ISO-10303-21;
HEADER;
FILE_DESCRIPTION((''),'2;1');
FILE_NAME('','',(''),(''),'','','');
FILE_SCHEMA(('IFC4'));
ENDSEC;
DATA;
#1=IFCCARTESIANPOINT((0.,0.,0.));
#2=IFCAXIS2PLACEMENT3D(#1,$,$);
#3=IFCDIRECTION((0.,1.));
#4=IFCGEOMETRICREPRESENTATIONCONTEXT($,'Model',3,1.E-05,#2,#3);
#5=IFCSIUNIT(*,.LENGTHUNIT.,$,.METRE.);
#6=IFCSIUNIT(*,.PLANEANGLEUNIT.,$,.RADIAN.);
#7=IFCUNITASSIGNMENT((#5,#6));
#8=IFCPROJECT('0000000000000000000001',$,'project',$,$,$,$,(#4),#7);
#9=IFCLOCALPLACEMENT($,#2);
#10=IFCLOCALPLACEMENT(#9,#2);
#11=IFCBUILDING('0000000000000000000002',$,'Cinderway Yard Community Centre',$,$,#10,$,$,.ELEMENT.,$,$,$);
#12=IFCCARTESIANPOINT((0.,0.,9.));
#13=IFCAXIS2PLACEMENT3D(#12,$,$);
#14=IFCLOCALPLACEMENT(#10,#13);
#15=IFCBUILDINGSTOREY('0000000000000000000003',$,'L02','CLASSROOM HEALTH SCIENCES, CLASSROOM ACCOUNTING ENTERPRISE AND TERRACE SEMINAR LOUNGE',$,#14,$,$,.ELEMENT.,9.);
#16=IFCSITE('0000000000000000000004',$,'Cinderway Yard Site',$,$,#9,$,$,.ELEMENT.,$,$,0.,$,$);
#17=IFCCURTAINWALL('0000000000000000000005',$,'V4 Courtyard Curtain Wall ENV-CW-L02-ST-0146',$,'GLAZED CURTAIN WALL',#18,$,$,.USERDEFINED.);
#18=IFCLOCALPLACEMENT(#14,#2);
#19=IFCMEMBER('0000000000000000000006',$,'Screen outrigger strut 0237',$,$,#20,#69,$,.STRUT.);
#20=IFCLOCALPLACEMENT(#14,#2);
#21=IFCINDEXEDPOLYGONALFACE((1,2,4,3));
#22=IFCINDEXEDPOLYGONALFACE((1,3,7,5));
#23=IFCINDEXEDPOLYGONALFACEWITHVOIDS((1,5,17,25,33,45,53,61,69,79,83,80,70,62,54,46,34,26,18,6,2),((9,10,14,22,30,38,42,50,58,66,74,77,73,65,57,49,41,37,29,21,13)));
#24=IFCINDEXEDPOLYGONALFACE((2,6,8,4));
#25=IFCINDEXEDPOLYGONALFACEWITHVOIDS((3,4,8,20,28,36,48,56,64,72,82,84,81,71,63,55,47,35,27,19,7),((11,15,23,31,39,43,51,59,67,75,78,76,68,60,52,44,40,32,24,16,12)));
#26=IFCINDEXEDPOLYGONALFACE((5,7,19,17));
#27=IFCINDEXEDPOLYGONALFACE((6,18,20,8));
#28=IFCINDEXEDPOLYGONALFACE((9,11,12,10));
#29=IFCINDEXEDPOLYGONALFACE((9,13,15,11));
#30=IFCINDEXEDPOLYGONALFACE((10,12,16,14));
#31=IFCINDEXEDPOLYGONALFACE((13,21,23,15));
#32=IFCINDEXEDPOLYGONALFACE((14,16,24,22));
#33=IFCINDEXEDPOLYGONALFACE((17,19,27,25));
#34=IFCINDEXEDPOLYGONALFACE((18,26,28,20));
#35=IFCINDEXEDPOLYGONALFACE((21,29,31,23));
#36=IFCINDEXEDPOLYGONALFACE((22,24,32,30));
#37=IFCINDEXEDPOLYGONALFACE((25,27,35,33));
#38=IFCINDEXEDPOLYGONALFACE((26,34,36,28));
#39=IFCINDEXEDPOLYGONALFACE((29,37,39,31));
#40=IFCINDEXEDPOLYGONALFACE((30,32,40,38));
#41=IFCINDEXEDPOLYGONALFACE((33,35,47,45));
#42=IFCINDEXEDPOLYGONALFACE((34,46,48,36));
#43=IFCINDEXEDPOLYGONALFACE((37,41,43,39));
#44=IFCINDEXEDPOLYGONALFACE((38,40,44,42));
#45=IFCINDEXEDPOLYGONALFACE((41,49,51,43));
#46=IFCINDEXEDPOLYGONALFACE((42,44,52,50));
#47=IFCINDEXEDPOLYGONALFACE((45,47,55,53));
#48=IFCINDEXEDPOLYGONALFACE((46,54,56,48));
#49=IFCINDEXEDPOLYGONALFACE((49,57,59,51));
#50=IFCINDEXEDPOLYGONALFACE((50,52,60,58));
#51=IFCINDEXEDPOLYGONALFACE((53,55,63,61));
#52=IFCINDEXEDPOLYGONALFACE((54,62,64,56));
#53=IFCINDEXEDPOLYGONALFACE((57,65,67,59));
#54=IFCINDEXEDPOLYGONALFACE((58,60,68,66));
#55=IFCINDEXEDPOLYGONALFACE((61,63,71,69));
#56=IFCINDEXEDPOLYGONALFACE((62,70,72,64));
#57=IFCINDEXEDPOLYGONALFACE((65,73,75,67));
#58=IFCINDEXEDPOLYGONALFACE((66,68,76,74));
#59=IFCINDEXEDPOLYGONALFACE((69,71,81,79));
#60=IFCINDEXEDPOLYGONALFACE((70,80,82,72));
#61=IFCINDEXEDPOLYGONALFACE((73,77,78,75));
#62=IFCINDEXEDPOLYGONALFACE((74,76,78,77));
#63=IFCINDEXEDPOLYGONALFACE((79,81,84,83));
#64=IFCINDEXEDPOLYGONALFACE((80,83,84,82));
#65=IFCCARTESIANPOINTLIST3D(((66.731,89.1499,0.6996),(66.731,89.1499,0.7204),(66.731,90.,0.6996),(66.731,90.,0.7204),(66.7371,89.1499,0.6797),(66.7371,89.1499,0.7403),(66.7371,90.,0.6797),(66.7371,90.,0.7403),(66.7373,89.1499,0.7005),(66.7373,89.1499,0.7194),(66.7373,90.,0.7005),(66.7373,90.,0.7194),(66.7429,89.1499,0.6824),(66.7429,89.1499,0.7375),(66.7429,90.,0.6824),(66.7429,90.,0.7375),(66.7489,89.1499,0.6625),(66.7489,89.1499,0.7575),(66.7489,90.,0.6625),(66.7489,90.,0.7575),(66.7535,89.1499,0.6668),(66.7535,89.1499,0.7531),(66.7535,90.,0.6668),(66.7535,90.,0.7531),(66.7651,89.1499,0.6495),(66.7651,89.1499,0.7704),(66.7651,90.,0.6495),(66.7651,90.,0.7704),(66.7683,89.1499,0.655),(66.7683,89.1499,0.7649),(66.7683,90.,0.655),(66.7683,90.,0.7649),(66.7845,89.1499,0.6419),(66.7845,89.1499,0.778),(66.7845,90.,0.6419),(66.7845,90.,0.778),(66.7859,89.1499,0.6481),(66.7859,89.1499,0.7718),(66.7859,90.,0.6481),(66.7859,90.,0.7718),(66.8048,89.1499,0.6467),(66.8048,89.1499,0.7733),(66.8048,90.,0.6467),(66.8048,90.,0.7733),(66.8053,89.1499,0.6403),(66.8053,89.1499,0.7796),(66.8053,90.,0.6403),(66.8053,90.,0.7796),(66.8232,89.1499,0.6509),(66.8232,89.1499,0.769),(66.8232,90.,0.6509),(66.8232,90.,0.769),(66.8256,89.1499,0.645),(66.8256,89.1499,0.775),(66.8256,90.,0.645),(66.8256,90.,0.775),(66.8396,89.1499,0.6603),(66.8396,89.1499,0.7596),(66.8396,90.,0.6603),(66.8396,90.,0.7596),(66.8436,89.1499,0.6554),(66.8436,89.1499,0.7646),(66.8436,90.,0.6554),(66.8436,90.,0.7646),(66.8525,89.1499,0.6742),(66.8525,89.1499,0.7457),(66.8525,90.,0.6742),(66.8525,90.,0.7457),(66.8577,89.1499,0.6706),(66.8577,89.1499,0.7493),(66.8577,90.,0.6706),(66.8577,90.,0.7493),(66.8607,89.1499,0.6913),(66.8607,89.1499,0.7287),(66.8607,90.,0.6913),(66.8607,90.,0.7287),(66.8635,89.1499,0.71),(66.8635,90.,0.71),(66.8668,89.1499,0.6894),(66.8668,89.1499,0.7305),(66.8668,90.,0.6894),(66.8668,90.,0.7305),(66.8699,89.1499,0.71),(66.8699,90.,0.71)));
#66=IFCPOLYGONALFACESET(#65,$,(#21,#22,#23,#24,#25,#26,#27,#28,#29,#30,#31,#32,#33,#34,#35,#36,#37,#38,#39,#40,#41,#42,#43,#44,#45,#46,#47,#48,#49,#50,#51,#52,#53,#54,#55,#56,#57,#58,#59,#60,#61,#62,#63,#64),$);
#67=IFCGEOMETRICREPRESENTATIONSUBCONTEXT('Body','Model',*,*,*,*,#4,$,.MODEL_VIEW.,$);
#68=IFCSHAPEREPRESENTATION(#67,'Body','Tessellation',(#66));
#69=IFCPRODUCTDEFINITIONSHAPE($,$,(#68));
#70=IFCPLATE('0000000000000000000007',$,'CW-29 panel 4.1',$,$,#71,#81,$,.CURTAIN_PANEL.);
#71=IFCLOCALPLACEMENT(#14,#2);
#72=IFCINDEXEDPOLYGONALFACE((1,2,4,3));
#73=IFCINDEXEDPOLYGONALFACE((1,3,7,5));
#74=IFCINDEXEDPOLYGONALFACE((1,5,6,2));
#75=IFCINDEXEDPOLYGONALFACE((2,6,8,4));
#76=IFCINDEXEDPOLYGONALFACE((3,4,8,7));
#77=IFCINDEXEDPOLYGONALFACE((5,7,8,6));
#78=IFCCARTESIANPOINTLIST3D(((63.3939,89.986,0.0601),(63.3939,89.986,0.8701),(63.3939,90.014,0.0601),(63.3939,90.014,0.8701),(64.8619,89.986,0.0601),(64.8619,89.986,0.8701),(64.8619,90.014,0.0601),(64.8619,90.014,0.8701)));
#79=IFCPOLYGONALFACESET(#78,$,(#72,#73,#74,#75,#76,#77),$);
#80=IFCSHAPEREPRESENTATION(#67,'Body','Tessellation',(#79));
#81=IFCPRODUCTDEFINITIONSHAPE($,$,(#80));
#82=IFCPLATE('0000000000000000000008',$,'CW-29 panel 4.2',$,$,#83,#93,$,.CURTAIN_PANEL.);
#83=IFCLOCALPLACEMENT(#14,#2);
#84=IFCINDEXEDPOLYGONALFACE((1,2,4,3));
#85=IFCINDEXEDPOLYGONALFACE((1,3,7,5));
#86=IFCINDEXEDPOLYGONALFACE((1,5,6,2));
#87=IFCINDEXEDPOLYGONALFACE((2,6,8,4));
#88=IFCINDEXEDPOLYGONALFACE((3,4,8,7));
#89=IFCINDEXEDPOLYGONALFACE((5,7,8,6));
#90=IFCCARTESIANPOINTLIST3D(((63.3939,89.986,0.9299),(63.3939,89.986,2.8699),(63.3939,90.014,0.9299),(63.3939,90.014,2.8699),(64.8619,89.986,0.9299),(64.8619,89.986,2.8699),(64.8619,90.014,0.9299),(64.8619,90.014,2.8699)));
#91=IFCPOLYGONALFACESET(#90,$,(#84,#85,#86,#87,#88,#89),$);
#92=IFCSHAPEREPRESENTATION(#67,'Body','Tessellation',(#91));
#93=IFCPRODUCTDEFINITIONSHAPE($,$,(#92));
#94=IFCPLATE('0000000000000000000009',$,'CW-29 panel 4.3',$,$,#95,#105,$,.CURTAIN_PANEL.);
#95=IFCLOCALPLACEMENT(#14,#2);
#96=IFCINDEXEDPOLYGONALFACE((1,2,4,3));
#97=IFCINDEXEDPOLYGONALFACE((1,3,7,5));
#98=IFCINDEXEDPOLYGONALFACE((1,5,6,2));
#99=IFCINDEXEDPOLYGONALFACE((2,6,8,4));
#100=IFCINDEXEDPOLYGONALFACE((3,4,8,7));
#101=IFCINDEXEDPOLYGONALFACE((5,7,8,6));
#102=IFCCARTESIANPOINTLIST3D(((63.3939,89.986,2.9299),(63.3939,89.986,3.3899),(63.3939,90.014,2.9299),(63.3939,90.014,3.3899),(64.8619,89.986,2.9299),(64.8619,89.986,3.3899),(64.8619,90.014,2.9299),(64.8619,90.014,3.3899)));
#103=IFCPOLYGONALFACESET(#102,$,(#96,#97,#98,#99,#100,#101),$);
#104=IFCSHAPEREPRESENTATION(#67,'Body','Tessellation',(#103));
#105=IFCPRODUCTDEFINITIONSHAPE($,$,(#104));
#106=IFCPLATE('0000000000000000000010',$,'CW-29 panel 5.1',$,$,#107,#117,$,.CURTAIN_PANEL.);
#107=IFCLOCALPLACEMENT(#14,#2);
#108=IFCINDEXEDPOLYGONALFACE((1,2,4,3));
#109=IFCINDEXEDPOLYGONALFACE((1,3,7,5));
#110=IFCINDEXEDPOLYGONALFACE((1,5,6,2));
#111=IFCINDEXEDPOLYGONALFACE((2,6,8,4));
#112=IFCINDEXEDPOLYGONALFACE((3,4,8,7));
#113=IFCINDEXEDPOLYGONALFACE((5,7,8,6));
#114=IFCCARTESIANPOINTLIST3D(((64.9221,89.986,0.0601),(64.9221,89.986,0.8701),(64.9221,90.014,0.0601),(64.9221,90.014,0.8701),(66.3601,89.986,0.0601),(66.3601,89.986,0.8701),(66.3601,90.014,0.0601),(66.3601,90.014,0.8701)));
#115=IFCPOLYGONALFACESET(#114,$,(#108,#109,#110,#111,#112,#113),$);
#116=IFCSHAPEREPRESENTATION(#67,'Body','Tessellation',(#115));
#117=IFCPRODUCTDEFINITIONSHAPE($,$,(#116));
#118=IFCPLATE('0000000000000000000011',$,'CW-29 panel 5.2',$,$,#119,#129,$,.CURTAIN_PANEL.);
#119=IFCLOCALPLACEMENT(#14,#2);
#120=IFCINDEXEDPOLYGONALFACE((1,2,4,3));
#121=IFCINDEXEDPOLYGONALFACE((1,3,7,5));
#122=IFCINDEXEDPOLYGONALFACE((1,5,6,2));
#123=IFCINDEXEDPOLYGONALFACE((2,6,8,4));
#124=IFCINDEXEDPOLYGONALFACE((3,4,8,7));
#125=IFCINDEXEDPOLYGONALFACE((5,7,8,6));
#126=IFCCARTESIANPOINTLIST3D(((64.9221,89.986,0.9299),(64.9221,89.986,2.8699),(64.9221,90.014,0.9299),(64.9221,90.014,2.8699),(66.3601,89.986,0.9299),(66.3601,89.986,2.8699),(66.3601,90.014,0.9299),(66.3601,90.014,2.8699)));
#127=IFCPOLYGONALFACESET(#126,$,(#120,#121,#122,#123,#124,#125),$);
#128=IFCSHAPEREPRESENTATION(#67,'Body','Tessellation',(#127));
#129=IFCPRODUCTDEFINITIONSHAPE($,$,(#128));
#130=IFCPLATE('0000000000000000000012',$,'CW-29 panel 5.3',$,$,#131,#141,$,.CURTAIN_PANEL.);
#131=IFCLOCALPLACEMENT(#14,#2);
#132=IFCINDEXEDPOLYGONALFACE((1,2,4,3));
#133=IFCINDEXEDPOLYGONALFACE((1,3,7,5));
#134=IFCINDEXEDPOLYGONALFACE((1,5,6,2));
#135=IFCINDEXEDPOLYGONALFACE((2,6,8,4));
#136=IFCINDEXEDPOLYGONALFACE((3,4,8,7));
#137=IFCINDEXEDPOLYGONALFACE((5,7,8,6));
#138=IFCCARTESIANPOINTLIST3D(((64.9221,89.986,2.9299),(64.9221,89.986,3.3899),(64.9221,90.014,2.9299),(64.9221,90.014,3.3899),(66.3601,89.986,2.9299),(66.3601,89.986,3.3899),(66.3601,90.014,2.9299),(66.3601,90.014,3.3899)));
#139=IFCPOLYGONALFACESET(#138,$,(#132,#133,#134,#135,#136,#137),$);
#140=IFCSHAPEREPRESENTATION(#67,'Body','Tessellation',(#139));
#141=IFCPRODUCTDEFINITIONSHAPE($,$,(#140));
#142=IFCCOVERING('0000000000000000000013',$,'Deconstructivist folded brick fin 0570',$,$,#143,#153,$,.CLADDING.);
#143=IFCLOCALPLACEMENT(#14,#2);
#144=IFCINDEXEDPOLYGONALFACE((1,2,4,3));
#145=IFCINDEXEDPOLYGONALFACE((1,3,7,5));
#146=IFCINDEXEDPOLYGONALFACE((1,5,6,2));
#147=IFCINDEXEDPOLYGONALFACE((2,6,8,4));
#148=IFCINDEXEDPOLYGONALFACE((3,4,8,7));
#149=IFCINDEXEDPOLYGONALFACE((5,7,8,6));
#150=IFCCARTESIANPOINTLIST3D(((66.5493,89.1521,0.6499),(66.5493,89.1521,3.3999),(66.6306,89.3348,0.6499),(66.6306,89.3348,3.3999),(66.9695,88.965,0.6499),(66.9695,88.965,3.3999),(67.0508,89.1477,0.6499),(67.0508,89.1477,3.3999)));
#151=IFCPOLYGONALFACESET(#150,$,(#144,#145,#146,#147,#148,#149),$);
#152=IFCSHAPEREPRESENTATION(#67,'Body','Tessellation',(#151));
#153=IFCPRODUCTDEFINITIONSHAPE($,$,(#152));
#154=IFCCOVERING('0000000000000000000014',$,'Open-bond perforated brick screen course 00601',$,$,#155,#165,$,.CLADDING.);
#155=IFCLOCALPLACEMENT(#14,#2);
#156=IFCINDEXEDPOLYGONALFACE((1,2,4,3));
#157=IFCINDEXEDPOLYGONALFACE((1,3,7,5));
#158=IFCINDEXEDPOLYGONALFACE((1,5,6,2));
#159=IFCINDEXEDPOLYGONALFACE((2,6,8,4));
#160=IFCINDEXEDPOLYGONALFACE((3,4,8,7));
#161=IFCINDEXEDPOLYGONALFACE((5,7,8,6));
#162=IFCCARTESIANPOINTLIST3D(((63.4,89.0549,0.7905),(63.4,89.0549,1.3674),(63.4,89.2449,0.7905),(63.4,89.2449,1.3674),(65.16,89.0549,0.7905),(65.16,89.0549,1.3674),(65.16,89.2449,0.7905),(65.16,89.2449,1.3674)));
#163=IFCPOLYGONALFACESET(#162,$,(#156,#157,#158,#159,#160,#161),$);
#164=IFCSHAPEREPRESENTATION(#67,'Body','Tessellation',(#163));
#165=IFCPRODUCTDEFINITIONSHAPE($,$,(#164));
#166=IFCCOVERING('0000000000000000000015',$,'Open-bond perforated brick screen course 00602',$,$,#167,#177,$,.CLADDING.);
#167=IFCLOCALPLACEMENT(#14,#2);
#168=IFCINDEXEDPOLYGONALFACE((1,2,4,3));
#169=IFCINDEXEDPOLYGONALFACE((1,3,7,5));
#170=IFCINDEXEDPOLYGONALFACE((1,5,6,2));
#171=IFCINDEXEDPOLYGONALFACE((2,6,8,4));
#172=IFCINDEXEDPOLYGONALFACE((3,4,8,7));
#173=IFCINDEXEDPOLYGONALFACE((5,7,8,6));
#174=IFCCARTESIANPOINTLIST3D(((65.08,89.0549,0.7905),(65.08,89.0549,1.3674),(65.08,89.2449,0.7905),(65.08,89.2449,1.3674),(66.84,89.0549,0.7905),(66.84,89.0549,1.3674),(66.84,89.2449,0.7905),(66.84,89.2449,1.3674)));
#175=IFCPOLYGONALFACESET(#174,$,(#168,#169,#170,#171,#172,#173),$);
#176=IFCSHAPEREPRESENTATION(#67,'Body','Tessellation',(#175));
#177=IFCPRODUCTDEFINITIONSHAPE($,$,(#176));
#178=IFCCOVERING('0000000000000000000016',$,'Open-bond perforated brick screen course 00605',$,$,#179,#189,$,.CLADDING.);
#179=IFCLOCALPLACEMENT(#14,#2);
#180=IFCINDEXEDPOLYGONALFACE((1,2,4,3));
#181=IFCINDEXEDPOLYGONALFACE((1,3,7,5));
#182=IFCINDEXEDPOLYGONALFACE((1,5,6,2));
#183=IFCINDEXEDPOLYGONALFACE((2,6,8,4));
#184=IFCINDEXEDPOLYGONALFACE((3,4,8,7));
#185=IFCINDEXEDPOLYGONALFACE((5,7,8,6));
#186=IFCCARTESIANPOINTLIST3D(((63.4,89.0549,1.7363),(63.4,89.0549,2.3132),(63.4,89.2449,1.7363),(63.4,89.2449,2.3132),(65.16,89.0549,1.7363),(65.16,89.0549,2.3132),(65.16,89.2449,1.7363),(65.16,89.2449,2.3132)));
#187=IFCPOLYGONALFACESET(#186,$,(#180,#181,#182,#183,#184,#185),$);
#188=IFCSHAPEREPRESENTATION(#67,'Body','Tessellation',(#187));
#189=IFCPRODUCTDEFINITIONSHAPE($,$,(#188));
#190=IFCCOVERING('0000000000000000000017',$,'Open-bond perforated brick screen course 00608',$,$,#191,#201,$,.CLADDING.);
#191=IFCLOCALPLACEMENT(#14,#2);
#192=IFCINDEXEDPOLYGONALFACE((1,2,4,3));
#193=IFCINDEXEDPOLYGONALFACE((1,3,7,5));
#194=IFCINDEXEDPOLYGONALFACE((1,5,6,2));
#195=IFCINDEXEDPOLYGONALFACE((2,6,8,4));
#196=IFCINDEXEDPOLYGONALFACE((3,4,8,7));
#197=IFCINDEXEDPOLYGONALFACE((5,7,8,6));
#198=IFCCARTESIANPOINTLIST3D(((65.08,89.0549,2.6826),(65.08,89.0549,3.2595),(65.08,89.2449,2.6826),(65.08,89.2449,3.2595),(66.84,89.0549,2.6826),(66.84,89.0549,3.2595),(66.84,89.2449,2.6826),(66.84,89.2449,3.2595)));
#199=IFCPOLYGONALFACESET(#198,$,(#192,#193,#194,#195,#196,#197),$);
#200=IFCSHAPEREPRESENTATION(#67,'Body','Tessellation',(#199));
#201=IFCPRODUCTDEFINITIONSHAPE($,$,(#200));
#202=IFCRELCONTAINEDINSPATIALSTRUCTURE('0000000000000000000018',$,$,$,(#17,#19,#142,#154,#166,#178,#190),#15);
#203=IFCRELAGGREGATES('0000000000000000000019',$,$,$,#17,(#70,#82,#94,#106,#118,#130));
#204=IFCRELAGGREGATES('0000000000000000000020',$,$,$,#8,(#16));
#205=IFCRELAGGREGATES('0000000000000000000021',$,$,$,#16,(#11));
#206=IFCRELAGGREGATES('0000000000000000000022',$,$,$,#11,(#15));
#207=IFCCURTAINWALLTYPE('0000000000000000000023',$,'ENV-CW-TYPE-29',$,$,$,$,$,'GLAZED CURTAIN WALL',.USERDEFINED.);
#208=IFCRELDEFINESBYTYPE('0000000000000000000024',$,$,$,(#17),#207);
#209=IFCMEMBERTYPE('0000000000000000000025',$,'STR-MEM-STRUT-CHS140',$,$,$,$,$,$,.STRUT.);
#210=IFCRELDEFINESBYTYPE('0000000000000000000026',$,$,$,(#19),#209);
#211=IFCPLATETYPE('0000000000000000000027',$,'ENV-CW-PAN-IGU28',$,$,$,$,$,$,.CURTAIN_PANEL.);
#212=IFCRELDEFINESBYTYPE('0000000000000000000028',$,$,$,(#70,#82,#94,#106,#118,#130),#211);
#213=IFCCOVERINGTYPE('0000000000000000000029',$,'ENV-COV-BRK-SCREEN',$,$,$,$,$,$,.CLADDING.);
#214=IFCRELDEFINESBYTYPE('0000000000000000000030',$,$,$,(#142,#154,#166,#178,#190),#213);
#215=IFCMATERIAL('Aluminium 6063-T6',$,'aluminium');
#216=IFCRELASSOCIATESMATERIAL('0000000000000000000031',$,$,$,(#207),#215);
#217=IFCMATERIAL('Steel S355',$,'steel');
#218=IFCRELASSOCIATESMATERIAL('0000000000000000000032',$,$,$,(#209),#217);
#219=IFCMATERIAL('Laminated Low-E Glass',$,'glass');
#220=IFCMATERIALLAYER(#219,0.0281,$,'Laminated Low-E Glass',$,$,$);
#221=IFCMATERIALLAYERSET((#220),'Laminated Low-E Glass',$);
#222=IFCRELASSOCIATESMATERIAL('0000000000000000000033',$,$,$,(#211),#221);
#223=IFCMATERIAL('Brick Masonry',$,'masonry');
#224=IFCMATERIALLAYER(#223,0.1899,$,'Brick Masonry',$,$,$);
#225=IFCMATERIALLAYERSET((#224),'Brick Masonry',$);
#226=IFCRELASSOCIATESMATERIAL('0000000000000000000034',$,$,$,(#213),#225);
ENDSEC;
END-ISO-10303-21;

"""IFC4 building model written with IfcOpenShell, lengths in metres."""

from ifc_helpers import new_model, si_unit, direction, frame, origin, origin_2d, place, context, subcontext, project, spatial, rectangle, hollow_circle, extrude, material, layer, layer_set, material_profile, profile_set, type_object, element, aggregate, save


model = new_model("IFC4")

# Units and contexts
model_context = context("Model", 3, precision=1e-05, world=origin(), true_north=direction((0.0, 1.0)))
body_context = subcontext(model_context, "Body", "Model", "MODEL_VIEW")
ifc_project = project(units=[si_unit("LENGTHUNIT", "METRE"), si_unit("PLANEANGLEUNIT", "RADIAN")], contexts=[model_context])

# Site, building, storey
site_placement = place(None, origin())
site = spatial("IfcSite", under=ifc_project, at=site_placement, Name="Cinderway Yard Site", CompositionType="ELEMENT", RefElevation=0.0)
building_placement = place(site_placement, origin())
building = spatial("IfcBuilding", under=site, at=building_placement, Name="Cinderway Yard Community Centre", CompositionType="ELEMENT")
storey_placement = place(building_placement, frame((0.0, 0.0, 9.0)))
storey = spatial("IfcBuildingStorey", under=building, at=storey_placement, Name="L02", Description="CLASSROOM HEALTH SCIENCES, CLASSROOM ACCOUNTING ENTERPRISE AND TERRACE SEMINAR LOUNGE", CompositionType="ELEMENT", Elevation=9.0)

# Curtain wall
ifc_material_1 = material(Name="Aluminium 6063-T6", Category="aluminium")
curtain_wall_type = type_object("IfcCurtainWallType", Name="ENV-CW-TYPE-29", ElementType="GLAZED CURTAIN WALL", PredefinedType="USERDEFINED", material=ifc_material_1)
curtain_wall_placement = place(storey_placement, origin())
curtain_wall = element("IfcCurtainWall", 1, at=curtain_wall_placement, inside=storey, type_object=curtain_wall_type, Name="V4 Courtyard Curtain Wall ENV-CW-L02-ST-0146", ObjectType="GLAZED CURTAIN WALL", PredefinedType="USERDEFINED")

# Shared definitions
ifc_material_2 = material(Name="Steel S355", Category="steel")

# Member
ifc_material_profile_1 = material_profile(ifc_material_2, hollow_circle(Radius=0.0698, WallThickness=0.0063, at=origin_2d()), Name="Steel S355")
ifc_profile_set_1 = profile_set([ifc_material_profile_1], Name="Steel S355")
member_type_1 = type_object("IfcMemberType", Name="STR-MEM-STRUT-CHS140", PredefinedType="STRUT", material=ifc_profile_set_1)
member_1_placement = place(storey_placement, frame((66.8, 90.0, 0.71), z_axis=(0.0, -1.0, 0.0), x_axis=(1.0, 0.0, 0.0)))
element("IfcMember", 2, at=member_1_placement, inside=storey, type_object=member_type_1, Name="Screen outrigger strut 0237", PredefinedType="STRUT", context=body_context, shape_type="SweptSolid", body=[
    extrude(hollow_circle(Radius=0.0698, WallThickness=0.0063, at=origin_2d()), origin(), (0.0, 0.0, 1.0), 0.8501),
])

# Plates
ifc_material_3 = material(Name="Laminated Low-E Glass", Category="glass")
ifc_layer_1 = layer(ifc_material_3, 0.0281, Name="Laminated Low-E Glass")
ifc_layer_set_1 = layer_set([ifc_layer_1], Name="Laminated Low-E Glass")
plate_type = type_object("IfcPlateType", Name="ENV-CW-PAN-IGU28", PredefinedType="CURTAIN_PANEL", material=ifc_layer_set_1)
plate_1_placement = place(storey_placement, frame((64.1279, 90.0, 0.0601), z_axis=(0.0, 0.0, 1.0), x_axis=(1.0, 0.0, 0.0)))
plate_1 = element("IfcPlate", 3, at=plate_1_placement, type_object=plate_type, Name="CW-29 panel 4.1", PredefinedType="CURTAIN_PANEL", context=body_context, shape_type="SweptSolid", body=[
    extrude(rectangle(XDim=1.468, YDim=0.0281, at=origin_2d()), origin(), (0.0, 0.0, 1.0), 0.8101),
])
plate_2_placement = place(storey_placement, frame((64.1279, 90.0, 0.9299), z_axis=(0.0, 0.0, 1.0), x_axis=(1.0, 0.0, 0.0)))
plate_2 = element("IfcPlate", 4, at=plate_2_placement, type_object=plate_type, Name="CW-29 panel 4.2", PredefinedType="CURTAIN_PANEL", context=body_context, shape_type="SweptSolid", body=[
    extrude(rectangle(XDim=1.468, YDim=0.0281, at=origin_2d()), origin(), (0.0, 0.0, 1.0), 1.9399),
])
plate_3_placement = place(storey_placement, frame((64.1279, 90.0, 2.9299), z_axis=(0.0, 0.0, 1.0), x_axis=(1.0, 0.0, 0.0)))
plate_3 = element("IfcPlate", 5, at=plate_3_placement, type_object=plate_type, Name="CW-29 panel 4.3", PredefinedType="CURTAIN_PANEL", context=body_context, shape_type="SweptSolid", body=[
    extrude(rectangle(XDim=1.468, YDim=0.0281, at=origin_2d()), origin(), (0.0, 0.0, 1.0), 0.46),
])
plate_4_placement = place(storey_placement, frame((65.6411, 90.0, 0.0601), z_axis=(0.0, 0.0, 1.0), x_axis=(1.0, 0.0, 0.0)))
plate_4 = element("IfcPlate", 6, at=plate_4_placement, type_object=plate_type, Name="CW-29 panel 5.1", PredefinedType="CURTAIN_PANEL", context=body_context, shape_type="SweptSolid", body=[
    extrude(rectangle(XDim=1.438, YDim=0.0281, at=origin_2d()), origin(), (0.0, 0.0, 1.0), 0.8101),
])
plate_5_placement = place(storey_placement, frame((65.6411, 90.0, 0.9299), z_axis=(0.0, 0.0, 1.0), x_axis=(1.0, 0.0, 0.0)))
plate_5 = element("IfcPlate", 7, at=plate_5_placement, type_object=plate_type, Name="CW-29 panel 5.2", PredefinedType="CURTAIN_PANEL", context=body_context, shape_type="SweptSolid", body=[
    extrude(rectangle(XDim=1.438, YDim=0.0281, at=origin_2d()), origin(), (0.0, 0.0, 1.0), 1.9399),
])
plate_6_placement = place(storey_placement, frame((65.6411, 90.0, 2.9299), z_axis=(0.0, 0.0, 1.0), x_axis=(1.0, 0.0, 0.0)))
plate_6 = element("IfcPlate", 8, at=plate_6_placement, type_object=plate_type, Name="CW-29 panel 5.3", PredefinedType="CURTAIN_PANEL", context=body_context, shape_type="SweptSolid", body=[
    extrude(rectangle(XDim=1.438, YDim=0.0281, at=origin_2d()), origin(), (0.0, 0.0, 1.0), 0.46),
])
aggregate(curtain_wall, [plate_1, plate_2, plate_3, plate_4, plate_5, plate_6])

# Coverings
ifc_material_4 = material(Name="Brick Masonry", Category="masonry")
ifc_layer_2 = layer(ifc_material_4, 0.1899, Name="Brick Masonry")
ifc_layer_set_2 = layer_set([ifc_layer_2], Name="Brick Masonry")
covering_type = type_object("IfcCoveringType", Name="ENV-COV-BRK-SCREEN", PredefinedType="CLADDING", material=ifc_layer_set_2)
covering_placement = place(storey_placement, frame((66.8, 89.1499, 0.6499), z_axis=(0.0, 0.0, 1.0), x_axis=(-0.913545, 0.406737, 0.0)))
element("IfcCovering", 9, at=covering_placement, inside=storey, type_object=covering_type, Name="Deconstructivist folded brick fin 0570", PredefinedType="CLADDING", context=body_context, shape_type="SweptSolid", body=[
    extrude(rectangle(XDim=0.46, YDim=0.2, at=origin_2d()), origin(), (0.0, 0.0, 1.0), 2.75),
])
for number, where, z_axis, x_axis, name in (
    (10, (64.28, 89.1499, 0.7905), (0.0, 0.0, 1.0), (-1.0, 0.0, 0.0), "Open-bond perforated brick screen course 00601"),
    (11, (65.96, 89.1499, 0.7905), (0.0, 0.0, 1.0), (-1.0, 0.0, 0.0), "Open-bond perforated brick screen course 00602"),
    (12, (64.28, 89.1499, 1.7363), (0.0, 0.0, 1.0), (-1.0, 0.0, 0.0), "Open-bond perforated brick screen course 00605"),
    (13, (65.96, 89.1499, 2.6826), (0.0, 0.0, 1.0), (-1.0, 0.0, 0.0), "Open-bond perforated brick screen course 00608"),
):
    element("IfcCovering", number, at=place(storey_placement, frame(where, z_axis=z_axis, x_axis=x_axis)), inside=storey, type_object=covering_type, Name=name, PredefinedType="CLADDING", context=body_context, shape_type="SweptSolid", body=[
        extrude(rectangle(XDim=1.76, YDim=0.1899, at=origin_2d()), origin(), (0.0, 0.0, 1.0), 0.5769),
    ])

save(model, "model.ifc")
